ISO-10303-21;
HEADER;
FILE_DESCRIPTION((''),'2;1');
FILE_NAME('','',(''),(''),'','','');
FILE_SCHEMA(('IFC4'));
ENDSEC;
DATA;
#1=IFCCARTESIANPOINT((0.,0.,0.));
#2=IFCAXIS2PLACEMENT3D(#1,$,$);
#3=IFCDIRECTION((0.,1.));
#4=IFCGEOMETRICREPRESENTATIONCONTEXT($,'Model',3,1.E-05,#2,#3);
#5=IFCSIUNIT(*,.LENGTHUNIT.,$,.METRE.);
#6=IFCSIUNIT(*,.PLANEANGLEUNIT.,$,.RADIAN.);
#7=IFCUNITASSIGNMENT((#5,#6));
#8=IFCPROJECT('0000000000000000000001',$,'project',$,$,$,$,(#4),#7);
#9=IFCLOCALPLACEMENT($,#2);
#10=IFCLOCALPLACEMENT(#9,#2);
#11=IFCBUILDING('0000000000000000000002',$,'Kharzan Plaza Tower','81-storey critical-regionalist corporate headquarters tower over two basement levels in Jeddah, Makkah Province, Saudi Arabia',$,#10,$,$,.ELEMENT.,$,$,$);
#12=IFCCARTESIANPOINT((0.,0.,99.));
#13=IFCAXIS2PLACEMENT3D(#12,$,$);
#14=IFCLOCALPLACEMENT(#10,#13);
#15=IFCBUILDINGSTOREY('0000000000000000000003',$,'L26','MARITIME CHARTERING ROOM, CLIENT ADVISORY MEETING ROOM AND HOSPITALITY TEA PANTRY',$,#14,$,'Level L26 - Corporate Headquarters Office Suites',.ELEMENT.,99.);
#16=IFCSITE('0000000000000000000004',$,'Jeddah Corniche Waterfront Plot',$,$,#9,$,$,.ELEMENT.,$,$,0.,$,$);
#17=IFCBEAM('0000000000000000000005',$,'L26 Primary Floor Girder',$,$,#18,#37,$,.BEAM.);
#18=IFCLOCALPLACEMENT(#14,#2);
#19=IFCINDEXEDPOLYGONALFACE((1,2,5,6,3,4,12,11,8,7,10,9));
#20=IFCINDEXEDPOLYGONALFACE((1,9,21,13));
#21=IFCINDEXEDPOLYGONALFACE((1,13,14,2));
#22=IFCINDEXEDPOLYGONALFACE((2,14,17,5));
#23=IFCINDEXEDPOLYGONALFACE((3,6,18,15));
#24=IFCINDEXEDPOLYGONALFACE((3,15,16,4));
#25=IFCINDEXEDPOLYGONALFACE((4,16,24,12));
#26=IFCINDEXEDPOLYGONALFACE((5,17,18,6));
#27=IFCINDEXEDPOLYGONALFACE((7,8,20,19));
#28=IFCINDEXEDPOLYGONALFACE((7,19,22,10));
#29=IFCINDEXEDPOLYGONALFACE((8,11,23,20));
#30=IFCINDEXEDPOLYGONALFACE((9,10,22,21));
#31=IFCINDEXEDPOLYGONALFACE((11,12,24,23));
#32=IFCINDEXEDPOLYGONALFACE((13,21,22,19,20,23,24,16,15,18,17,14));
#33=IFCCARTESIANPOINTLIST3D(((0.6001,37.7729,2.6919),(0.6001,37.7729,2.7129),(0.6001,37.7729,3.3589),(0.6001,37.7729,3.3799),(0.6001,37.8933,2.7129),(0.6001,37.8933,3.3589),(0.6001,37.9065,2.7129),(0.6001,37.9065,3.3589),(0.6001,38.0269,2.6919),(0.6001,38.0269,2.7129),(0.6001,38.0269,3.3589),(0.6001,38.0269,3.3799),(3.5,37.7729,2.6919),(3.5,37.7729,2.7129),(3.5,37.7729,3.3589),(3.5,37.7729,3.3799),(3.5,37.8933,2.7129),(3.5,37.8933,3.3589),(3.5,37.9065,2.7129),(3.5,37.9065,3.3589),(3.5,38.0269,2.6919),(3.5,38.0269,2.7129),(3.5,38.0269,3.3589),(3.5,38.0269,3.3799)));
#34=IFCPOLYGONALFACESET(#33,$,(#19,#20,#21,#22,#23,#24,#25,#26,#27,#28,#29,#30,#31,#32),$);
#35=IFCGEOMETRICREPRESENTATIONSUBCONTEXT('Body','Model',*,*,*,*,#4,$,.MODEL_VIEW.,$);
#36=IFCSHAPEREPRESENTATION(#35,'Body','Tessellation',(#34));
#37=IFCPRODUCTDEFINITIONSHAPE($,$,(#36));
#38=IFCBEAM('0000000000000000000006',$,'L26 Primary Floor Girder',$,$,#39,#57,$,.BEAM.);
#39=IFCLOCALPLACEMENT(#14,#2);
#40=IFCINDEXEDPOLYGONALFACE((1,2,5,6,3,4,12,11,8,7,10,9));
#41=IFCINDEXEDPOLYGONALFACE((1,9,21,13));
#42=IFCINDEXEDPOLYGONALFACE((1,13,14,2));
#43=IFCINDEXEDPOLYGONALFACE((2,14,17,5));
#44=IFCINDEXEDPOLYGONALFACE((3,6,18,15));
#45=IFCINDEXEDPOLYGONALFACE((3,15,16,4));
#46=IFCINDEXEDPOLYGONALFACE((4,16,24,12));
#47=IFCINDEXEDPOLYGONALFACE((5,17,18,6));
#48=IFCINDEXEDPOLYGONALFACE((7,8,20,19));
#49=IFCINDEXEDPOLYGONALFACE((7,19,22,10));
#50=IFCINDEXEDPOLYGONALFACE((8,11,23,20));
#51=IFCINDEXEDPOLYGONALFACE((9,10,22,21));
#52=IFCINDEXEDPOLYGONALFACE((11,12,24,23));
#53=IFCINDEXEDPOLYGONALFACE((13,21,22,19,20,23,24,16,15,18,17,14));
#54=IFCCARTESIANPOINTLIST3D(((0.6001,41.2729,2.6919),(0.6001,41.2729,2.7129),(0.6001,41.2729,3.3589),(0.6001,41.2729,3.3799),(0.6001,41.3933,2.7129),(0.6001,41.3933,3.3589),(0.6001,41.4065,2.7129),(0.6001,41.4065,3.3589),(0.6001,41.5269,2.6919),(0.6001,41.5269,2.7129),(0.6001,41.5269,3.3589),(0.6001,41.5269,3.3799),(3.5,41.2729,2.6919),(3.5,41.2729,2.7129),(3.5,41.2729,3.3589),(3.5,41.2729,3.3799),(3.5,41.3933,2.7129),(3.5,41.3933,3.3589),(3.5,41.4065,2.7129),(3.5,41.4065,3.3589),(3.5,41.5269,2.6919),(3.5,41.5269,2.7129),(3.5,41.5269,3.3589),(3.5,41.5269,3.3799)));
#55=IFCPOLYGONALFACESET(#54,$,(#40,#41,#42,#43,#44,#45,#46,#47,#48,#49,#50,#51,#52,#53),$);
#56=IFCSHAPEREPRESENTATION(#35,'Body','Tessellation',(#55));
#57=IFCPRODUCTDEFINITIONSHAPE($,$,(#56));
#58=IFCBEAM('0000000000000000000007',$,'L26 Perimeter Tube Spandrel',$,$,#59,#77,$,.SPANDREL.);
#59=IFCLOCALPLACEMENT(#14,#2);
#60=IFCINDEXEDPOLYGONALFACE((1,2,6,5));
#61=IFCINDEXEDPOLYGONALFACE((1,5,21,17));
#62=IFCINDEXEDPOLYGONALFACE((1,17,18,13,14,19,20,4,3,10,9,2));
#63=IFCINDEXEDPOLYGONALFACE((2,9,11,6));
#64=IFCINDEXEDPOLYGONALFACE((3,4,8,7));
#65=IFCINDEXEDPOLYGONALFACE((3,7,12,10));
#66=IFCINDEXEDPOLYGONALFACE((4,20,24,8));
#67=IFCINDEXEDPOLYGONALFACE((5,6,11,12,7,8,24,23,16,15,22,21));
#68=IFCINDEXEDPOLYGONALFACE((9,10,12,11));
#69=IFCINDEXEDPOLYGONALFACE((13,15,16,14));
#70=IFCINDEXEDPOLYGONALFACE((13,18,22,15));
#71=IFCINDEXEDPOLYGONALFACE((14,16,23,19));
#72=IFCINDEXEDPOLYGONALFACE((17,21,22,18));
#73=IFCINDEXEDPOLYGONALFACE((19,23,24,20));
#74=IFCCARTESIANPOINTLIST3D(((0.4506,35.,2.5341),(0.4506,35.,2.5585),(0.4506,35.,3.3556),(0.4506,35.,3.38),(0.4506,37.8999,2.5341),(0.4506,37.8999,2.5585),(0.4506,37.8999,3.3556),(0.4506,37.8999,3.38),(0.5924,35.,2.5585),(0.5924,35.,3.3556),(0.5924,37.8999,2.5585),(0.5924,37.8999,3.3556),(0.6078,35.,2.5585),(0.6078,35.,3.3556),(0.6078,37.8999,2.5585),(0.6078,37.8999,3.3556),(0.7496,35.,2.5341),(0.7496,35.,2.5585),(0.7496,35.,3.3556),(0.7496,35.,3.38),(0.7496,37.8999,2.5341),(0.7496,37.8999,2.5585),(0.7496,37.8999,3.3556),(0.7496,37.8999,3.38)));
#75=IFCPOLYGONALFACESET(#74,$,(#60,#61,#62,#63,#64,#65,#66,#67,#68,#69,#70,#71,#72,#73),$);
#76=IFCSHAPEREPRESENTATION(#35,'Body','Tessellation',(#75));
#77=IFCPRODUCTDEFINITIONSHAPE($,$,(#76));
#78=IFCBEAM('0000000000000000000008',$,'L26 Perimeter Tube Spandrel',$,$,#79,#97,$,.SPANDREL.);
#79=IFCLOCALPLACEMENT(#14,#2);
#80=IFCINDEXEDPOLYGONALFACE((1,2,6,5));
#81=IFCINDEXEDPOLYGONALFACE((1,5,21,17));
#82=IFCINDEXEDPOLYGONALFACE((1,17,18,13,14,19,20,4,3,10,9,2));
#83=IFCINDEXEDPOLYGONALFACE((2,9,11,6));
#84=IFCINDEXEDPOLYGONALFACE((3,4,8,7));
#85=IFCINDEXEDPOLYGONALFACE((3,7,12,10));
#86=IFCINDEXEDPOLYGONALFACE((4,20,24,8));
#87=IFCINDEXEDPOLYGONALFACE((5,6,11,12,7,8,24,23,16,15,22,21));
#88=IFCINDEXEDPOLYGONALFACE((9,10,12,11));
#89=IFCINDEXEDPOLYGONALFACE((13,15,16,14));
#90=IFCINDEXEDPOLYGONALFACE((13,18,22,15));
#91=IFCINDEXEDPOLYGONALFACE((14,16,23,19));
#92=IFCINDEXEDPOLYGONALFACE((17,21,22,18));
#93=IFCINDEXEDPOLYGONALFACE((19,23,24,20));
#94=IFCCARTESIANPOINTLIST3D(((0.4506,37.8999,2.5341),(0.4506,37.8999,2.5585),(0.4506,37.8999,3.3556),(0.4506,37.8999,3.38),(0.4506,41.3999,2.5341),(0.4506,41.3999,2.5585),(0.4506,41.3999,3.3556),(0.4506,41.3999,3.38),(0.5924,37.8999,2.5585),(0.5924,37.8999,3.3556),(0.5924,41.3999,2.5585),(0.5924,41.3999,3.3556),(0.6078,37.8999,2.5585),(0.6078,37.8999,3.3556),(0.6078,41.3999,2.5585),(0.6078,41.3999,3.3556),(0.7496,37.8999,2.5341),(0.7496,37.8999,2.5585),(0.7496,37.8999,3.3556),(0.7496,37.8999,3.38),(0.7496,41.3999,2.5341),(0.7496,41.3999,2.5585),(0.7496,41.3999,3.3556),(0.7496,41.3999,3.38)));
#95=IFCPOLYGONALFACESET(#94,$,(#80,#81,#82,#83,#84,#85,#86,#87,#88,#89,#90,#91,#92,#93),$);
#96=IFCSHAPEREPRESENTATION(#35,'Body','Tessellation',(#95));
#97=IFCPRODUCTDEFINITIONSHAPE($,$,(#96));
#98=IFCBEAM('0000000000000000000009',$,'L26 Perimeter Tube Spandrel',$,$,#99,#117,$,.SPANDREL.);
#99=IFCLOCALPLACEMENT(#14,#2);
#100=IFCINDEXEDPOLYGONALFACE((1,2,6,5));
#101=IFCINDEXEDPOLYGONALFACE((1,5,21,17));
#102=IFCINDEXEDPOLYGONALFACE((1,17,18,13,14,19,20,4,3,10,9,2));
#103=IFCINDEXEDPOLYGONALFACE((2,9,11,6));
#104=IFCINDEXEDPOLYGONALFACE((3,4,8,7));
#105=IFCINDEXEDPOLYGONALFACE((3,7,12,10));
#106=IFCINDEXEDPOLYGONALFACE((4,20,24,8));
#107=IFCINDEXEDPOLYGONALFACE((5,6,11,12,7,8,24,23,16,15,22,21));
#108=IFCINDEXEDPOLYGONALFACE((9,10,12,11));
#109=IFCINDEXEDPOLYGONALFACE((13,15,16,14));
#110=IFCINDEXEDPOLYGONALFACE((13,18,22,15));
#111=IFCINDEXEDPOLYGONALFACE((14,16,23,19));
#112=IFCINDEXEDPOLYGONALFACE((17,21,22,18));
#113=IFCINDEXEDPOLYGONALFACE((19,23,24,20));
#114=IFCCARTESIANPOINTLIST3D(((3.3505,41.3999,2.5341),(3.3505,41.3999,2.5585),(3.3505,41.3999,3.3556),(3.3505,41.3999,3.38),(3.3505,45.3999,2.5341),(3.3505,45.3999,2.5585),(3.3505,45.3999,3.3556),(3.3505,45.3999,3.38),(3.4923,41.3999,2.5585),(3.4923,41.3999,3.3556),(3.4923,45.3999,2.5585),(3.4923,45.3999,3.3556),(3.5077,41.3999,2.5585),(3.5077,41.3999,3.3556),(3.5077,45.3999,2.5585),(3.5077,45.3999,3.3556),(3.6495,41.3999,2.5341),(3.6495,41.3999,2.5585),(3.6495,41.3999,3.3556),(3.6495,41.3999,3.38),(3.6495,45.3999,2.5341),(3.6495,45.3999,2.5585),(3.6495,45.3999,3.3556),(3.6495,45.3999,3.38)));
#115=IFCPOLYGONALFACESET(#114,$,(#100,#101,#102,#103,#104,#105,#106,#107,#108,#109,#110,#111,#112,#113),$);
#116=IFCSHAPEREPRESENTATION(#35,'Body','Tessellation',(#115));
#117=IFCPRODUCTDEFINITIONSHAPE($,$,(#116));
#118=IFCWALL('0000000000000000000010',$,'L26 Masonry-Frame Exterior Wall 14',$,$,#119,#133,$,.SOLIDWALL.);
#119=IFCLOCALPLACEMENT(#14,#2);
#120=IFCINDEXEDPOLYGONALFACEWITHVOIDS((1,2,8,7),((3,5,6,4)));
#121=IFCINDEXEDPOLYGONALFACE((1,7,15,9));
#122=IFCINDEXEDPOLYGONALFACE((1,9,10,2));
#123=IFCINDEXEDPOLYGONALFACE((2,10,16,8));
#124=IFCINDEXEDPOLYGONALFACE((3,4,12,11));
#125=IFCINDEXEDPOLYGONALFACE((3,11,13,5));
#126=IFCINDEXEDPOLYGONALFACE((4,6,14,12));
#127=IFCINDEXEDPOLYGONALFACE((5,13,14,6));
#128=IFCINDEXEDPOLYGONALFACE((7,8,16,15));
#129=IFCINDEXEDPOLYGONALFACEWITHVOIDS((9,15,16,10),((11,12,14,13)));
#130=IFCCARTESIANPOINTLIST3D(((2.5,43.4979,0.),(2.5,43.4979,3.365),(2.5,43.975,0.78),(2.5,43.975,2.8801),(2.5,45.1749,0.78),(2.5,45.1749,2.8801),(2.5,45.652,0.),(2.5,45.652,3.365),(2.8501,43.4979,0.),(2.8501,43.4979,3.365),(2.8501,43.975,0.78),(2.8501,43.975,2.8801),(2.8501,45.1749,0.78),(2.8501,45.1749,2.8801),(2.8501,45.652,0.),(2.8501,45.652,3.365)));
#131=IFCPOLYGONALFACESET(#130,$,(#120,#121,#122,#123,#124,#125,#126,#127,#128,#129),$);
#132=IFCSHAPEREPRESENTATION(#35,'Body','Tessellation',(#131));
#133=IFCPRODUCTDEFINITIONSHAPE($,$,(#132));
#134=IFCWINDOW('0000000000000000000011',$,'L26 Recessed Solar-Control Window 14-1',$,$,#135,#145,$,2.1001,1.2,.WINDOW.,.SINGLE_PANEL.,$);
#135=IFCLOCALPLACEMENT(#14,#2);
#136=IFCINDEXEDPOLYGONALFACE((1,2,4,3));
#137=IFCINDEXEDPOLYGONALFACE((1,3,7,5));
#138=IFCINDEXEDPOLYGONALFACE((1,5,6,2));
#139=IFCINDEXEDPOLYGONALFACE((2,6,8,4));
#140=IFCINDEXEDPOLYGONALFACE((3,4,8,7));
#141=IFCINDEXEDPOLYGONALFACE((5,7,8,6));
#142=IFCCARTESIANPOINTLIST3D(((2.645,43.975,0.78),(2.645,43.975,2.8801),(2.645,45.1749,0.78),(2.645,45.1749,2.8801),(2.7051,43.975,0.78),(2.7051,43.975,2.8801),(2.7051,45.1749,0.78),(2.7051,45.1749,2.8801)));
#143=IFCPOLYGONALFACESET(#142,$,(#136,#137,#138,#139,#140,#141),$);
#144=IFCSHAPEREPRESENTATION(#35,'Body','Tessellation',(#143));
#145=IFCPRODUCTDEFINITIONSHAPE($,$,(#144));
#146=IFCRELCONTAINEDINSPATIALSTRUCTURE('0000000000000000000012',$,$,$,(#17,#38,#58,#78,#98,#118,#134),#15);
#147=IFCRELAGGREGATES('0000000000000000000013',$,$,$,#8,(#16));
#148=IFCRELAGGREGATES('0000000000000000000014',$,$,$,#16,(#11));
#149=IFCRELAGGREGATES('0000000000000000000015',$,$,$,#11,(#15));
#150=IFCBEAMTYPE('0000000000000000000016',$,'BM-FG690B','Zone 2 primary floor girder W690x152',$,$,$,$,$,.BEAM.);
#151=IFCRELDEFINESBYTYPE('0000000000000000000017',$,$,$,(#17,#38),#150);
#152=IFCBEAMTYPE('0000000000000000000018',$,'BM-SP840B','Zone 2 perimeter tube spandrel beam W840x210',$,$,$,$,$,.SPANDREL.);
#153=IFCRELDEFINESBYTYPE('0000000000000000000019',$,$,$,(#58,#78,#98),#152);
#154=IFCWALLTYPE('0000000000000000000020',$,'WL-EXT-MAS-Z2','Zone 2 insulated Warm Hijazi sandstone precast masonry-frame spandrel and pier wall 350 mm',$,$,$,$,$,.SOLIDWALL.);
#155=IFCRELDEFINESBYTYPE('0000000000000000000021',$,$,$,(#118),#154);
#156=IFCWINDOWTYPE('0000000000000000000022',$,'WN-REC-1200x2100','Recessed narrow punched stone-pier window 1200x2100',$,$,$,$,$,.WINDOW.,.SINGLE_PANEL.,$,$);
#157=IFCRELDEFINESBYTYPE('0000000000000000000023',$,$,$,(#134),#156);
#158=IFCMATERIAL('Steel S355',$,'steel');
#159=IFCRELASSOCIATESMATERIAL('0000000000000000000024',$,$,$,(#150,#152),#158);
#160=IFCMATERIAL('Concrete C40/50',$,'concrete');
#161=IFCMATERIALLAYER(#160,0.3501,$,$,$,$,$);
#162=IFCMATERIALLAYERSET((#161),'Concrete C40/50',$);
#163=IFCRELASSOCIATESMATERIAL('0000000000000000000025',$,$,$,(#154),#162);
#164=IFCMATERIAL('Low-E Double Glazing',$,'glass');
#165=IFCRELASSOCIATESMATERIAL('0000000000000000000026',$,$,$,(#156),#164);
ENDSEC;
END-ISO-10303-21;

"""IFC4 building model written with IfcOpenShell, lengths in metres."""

from ifc_helpers import new_model, si_unit, direction, frame, frame_2d, origin, origin_2d, place, context, subcontext, project, spatial, rectangle, i_section, extrude, source, transform, mapped, material, layer, layer_set, material_profile, profile_set, type_object, element, fill, save


model = new_model("IFC4")

# Units and contexts
model_context = context("Model", 3, precision=1e-05, world=origin(), true_north=direction((0.0, 1.0)))
body_context = subcontext(model_context, "Body", "Model", "MODEL_VIEW")
ifc_project = project(units=[si_unit("LENGTHUNIT", "METRE"), si_unit("PLANEANGLEUNIT", "RADIAN")], contexts=[model_context])

# Site, building, storey
site_placement = place(None, origin())
site = spatial("IfcSite", under=ifc_project, at=site_placement, Name="Jeddah Corniche Waterfront Plot", CompositionType="ELEMENT", RefElevation=0.0)
building_placement = place(site_placement, origin())
building = spatial("IfcBuilding", under=site, at=building_placement, Name="Kharzan Plaza Tower", Description="81-storey critical-regionalist corporate headquarters tower over two basement levels in Jeddah, Makkah Province, Saudi Arabia", CompositionType="ELEMENT")
storey_placement = place(building_placement, frame((0.0, 0.0, 99.0)))
storey = spatial("IfcBuildingStorey", under=building, at=storey_placement, Name="L26", Description="MARITIME CHARTERING ROOM, CLIENT ADVISORY MEETING ROOM AND HOSPITALITY TEA PANTRY", LongName="Level L26 - Corporate Headquarters Office Suites", CompositionType="ELEMENT", Elevation=99.0)

# Beams
ifc_material_1 = material(Name="Steel S355", Category="steel")
ifc_material_profile_1 = material_profile(ifc_material_1, i_section(OverallWidth=0.2539, OverallDepth=0.688, WebThickness=0.0132, FlangeThickness=0.021, at=origin_2d()), Name="W690x152")
ifc_profile_set_1 = profile_set([ifc_material_profile_1], Name="Steel S355")
beam_type_1 = type_object("IfcBeamType", Name="BM-FG690B", Description="Zone 2 primary floor girder W690x152", PredefinedType="BEAM", material=ifc_profile_set_1)
shared_shape_1 = source(origin(), body_context, "Body", "SweptSolid", [
    extrude(i_section(OverallWidth=0.2539, OverallDepth=0.688, WebThickness=0.0132, FlangeThickness=0.021, at=origin_2d()), origin(), (0.0, 0.0, 1.0), 2.8999),
])
for number, where, z_axis, x_axis, name in (
    (1, (0.6001, 37.8999, 3.0359), (1.0, 0.0, 0.0), (0.0, 1.0, 0.0), "L26 Primary Floor Girder"),
    (2, (0.6001, 41.3999, 3.0359), (1.0, 0.0, 0.0), (0.0, 1.0, 0.0), "L26 Primary Floor Girder"),
):
    element("IfcBeam", number, at=place(storey_placement, frame(where, z_axis=z_axis, x_axis=x_axis)), inside=storey, type_object=beam_type_1, Name=name, PredefinedType="BEAM", context=body_context, shape_type="MappedRepresentation", body=[
        mapped(shared_shape_1, transform((0.0, 0.0, 0.0), x_axis=(1.0, 0.0, 0.0), y_axis=(0.0, 1.0, 0.0), z_axis=(0.0, 0.0, 1.0))),
    ])
ifc_material_profile_2 = material_profile(ifc_material_1, i_section(OverallWidth=0.2991, OverallDepth=0.8459, WebThickness=0.0154, FlangeThickness=0.0244, at=origin_2d()), Name="W840x210")
ifc_profile_set_2 = profile_set([ifc_material_profile_2], Name="Steel S355")
beam_type_2 = type_object("IfcBeamType", Name="BM-SP840B", Description="Zone 2 perimeter tube spandrel beam W840x210", PredefinedType="SPANDREL", material=ifc_profile_set_2)
shared_shape_2 = source(origin(), body_context, "Body", "SweptSolid", [
    extrude(i_section(OverallWidth=0.2991, OverallDepth=0.8459, WebThickness=0.0154, FlangeThickness=0.0244, at=origin_2d()), origin(), (0.0, 0.0, 1.0), 2.8999),
])
beam_1_placement = place(storey_placement, frame((0.6001, 35.0, 2.957), z_axis=(0.0, 1.0, 0.0), x_axis=(-1.0, 0.0, 0.0)))
element("IfcBeam", 3, at=beam_1_placement, inside=storey, type_object=beam_type_2, Name="L26 Perimeter Tube Spandrel", PredefinedType="SPANDREL", context=body_context, shape_type="MappedRepresentation", body=[
    mapped(shared_shape_2, transform((0.0, 0.0, 0.0), x_axis=(1.0, 0.0, 0.0), y_axis=(0.0, 1.0, 0.0), z_axis=(0.0, 0.0, 1.0))),
])
shared_shape_3 = source(origin(), body_context, "Body", "SweptSolid", [
    extrude(i_section(OverallWidth=0.2991, OverallDepth=0.8459, WebThickness=0.0154, FlangeThickness=0.0244, at=origin_2d()), origin(), (0.0, 0.0, 1.0), 3.5),
])
beam_2_placement = place(storey_placement, frame((0.6001, 37.8999, 2.957), z_axis=(0.0, 1.0, 0.0), x_axis=(-1.0, 0.0, 0.0)))
element("IfcBeam", 4, at=beam_2_placement, inside=storey, type_object=beam_type_2, Name="L26 Perimeter Tube Spandrel", PredefinedType="SPANDREL", context=body_context, shape_type="MappedRepresentation", body=[
    mapped(shared_shape_3, transform((0.0, 0.0, 0.0), x_axis=(1.0, 0.0, 0.0), y_axis=(0.0, 1.0, 0.0), z_axis=(0.0, 0.0, 1.0))),
])
shared_shape_4 = source(origin(), body_context, "Body", "SweptSolid", [
    extrude(i_section(OverallWidth=0.2991, OverallDepth=0.8459, WebThickness=0.0154, FlangeThickness=0.0244, at=origin_2d()), origin(), (0.0, 0.0, 1.0), 4.0),
])
beam_3_placement = place(storey_placement, frame((3.5, 41.3999, 2.957), z_axis=(0.0, 1.0, 0.0), x_axis=(-1.0, 0.0, 0.0)))
element("IfcBeam", 5, at=beam_3_placement, inside=storey, type_object=beam_type_2, Name="L26 Perimeter Tube Spandrel", PredefinedType="SPANDREL", context=body_context, shape_type="MappedRepresentation", body=[
    mapped(shared_shape_4, transform((0.0, 0.0, 0.0), x_axis=(1.0, 0.0, 0.0), y_axis=(0.0, 1.0, 0.0), z_axis=(0.0, 0.0, 1.0))),
])

# Wall, opening, window
ifc_material_2 = material(Name="Concrete C40/50", Category="concrete")
ifc_layer_1 = layer(ifc_material_2, 0.3501)
ifc_layer_set_1 = layer_set([ifc_layer_1], Name="Concrete C40/50")
wall_type_1 = type_object("IfcWallType", Name="WL-EXT-MAS-Z2", Description="Zone 2 insulated Warm Hijazi sandstone precast masonry-frame spandrel and pier wall 350 mm", PredefinedType="SOLIDWALL", material=ifc_layer_set_1)
wall_1_placement = place(storey_placement, frame((2.675, 45.6521, 0.0), z_axis=(0.0, 0.0, 1.0), x_axis=(0.0, -1.0, 0.0)))
wall_1 = element("IfcWall", 6, at=wall_1_placement, inside=storey, type_object=wall_type_1, Name="L26 Masonry-Frame Exterior Wall 14", PredefinedType="SOLIDWALL", context=body_context, shape_type="SweptSolid", body=[
    extrude(rectangle(XDim=2.1541, YDim=0.3501, at=frame_2d((1.0771, 0.0))), origin(), (0.0, 0.0, 1.0), 3.365),
])
opening_1_placement = place(wall_1_placement, frame((0.4771, 0.0, 0.78)))
opening_1 = element("IfcOpeningElement", 7, at=opening_1_placement, cuts=wall_1, PredefinedType="OPENING", context=body_context, shape_type="SweptSolid", body=[
    extrude(rectangle(XDim=1.2, YDim=2.1001, at=frame_2d((0.6001, 1.05))), frame((0.0, 0.1851, 0.0), z_axis=(0.0, -1.0, 0.0), x_axis=(1.0, 0.0, 0.0)), (0.0, 0.0, 1.0), 0.3701),
])
ifc_material_3 = material(Name="Low-E Double Glazing", Category="glass")
window_type_1 = type_object("IfcWindowType", Name="WN-REC-1200x2100", Description="Recessed narrow punched stone-pier window 1200x2100", PartitioningType="SINGLE_PANEL", PredefinedType="WINDOW", material=ifc_material_3)
shared_shape_5 = source(origin(), body_context, "Body", "SweptSolid", [
    extrude(rectangle(XDim=1.2, YDim=2.1001, at=frame_2d((0.6001, 1.05))), frame((0.0, 0.03, 0.0), z_axis=(0.0, -1.0, 0.0), x_axis=(1.0, 0.0, 0.0)), (0.0, 0.0, 1.0), 0.0601),
])
window_1_placement = place(opening_1_placement, origin())
window_1 = element("IfcWindow", 8, at=window_1_placement, inside=storey, type_object=window_type_1, Name="L26 Recessed Solar-Control Window 14-1", OverallHeight=2.1001, OverallWidth=1.2, PartitioningType="SINGLE_PANEL", PredefinedType="WINDOW", context=body_context, shape_type="MappedRepresentation", body=[
    mapped(shared_shape_5, transform((0.0, 0.0, 0.0), x_axis=(1.0, 0.0, 0.0), y_axis=(0.0, 1.0, 0.0), z_axis=(0.0, 0.0, 1.0))),
])
fill(opening_1, window_1)

save(model, "model.ifc")
